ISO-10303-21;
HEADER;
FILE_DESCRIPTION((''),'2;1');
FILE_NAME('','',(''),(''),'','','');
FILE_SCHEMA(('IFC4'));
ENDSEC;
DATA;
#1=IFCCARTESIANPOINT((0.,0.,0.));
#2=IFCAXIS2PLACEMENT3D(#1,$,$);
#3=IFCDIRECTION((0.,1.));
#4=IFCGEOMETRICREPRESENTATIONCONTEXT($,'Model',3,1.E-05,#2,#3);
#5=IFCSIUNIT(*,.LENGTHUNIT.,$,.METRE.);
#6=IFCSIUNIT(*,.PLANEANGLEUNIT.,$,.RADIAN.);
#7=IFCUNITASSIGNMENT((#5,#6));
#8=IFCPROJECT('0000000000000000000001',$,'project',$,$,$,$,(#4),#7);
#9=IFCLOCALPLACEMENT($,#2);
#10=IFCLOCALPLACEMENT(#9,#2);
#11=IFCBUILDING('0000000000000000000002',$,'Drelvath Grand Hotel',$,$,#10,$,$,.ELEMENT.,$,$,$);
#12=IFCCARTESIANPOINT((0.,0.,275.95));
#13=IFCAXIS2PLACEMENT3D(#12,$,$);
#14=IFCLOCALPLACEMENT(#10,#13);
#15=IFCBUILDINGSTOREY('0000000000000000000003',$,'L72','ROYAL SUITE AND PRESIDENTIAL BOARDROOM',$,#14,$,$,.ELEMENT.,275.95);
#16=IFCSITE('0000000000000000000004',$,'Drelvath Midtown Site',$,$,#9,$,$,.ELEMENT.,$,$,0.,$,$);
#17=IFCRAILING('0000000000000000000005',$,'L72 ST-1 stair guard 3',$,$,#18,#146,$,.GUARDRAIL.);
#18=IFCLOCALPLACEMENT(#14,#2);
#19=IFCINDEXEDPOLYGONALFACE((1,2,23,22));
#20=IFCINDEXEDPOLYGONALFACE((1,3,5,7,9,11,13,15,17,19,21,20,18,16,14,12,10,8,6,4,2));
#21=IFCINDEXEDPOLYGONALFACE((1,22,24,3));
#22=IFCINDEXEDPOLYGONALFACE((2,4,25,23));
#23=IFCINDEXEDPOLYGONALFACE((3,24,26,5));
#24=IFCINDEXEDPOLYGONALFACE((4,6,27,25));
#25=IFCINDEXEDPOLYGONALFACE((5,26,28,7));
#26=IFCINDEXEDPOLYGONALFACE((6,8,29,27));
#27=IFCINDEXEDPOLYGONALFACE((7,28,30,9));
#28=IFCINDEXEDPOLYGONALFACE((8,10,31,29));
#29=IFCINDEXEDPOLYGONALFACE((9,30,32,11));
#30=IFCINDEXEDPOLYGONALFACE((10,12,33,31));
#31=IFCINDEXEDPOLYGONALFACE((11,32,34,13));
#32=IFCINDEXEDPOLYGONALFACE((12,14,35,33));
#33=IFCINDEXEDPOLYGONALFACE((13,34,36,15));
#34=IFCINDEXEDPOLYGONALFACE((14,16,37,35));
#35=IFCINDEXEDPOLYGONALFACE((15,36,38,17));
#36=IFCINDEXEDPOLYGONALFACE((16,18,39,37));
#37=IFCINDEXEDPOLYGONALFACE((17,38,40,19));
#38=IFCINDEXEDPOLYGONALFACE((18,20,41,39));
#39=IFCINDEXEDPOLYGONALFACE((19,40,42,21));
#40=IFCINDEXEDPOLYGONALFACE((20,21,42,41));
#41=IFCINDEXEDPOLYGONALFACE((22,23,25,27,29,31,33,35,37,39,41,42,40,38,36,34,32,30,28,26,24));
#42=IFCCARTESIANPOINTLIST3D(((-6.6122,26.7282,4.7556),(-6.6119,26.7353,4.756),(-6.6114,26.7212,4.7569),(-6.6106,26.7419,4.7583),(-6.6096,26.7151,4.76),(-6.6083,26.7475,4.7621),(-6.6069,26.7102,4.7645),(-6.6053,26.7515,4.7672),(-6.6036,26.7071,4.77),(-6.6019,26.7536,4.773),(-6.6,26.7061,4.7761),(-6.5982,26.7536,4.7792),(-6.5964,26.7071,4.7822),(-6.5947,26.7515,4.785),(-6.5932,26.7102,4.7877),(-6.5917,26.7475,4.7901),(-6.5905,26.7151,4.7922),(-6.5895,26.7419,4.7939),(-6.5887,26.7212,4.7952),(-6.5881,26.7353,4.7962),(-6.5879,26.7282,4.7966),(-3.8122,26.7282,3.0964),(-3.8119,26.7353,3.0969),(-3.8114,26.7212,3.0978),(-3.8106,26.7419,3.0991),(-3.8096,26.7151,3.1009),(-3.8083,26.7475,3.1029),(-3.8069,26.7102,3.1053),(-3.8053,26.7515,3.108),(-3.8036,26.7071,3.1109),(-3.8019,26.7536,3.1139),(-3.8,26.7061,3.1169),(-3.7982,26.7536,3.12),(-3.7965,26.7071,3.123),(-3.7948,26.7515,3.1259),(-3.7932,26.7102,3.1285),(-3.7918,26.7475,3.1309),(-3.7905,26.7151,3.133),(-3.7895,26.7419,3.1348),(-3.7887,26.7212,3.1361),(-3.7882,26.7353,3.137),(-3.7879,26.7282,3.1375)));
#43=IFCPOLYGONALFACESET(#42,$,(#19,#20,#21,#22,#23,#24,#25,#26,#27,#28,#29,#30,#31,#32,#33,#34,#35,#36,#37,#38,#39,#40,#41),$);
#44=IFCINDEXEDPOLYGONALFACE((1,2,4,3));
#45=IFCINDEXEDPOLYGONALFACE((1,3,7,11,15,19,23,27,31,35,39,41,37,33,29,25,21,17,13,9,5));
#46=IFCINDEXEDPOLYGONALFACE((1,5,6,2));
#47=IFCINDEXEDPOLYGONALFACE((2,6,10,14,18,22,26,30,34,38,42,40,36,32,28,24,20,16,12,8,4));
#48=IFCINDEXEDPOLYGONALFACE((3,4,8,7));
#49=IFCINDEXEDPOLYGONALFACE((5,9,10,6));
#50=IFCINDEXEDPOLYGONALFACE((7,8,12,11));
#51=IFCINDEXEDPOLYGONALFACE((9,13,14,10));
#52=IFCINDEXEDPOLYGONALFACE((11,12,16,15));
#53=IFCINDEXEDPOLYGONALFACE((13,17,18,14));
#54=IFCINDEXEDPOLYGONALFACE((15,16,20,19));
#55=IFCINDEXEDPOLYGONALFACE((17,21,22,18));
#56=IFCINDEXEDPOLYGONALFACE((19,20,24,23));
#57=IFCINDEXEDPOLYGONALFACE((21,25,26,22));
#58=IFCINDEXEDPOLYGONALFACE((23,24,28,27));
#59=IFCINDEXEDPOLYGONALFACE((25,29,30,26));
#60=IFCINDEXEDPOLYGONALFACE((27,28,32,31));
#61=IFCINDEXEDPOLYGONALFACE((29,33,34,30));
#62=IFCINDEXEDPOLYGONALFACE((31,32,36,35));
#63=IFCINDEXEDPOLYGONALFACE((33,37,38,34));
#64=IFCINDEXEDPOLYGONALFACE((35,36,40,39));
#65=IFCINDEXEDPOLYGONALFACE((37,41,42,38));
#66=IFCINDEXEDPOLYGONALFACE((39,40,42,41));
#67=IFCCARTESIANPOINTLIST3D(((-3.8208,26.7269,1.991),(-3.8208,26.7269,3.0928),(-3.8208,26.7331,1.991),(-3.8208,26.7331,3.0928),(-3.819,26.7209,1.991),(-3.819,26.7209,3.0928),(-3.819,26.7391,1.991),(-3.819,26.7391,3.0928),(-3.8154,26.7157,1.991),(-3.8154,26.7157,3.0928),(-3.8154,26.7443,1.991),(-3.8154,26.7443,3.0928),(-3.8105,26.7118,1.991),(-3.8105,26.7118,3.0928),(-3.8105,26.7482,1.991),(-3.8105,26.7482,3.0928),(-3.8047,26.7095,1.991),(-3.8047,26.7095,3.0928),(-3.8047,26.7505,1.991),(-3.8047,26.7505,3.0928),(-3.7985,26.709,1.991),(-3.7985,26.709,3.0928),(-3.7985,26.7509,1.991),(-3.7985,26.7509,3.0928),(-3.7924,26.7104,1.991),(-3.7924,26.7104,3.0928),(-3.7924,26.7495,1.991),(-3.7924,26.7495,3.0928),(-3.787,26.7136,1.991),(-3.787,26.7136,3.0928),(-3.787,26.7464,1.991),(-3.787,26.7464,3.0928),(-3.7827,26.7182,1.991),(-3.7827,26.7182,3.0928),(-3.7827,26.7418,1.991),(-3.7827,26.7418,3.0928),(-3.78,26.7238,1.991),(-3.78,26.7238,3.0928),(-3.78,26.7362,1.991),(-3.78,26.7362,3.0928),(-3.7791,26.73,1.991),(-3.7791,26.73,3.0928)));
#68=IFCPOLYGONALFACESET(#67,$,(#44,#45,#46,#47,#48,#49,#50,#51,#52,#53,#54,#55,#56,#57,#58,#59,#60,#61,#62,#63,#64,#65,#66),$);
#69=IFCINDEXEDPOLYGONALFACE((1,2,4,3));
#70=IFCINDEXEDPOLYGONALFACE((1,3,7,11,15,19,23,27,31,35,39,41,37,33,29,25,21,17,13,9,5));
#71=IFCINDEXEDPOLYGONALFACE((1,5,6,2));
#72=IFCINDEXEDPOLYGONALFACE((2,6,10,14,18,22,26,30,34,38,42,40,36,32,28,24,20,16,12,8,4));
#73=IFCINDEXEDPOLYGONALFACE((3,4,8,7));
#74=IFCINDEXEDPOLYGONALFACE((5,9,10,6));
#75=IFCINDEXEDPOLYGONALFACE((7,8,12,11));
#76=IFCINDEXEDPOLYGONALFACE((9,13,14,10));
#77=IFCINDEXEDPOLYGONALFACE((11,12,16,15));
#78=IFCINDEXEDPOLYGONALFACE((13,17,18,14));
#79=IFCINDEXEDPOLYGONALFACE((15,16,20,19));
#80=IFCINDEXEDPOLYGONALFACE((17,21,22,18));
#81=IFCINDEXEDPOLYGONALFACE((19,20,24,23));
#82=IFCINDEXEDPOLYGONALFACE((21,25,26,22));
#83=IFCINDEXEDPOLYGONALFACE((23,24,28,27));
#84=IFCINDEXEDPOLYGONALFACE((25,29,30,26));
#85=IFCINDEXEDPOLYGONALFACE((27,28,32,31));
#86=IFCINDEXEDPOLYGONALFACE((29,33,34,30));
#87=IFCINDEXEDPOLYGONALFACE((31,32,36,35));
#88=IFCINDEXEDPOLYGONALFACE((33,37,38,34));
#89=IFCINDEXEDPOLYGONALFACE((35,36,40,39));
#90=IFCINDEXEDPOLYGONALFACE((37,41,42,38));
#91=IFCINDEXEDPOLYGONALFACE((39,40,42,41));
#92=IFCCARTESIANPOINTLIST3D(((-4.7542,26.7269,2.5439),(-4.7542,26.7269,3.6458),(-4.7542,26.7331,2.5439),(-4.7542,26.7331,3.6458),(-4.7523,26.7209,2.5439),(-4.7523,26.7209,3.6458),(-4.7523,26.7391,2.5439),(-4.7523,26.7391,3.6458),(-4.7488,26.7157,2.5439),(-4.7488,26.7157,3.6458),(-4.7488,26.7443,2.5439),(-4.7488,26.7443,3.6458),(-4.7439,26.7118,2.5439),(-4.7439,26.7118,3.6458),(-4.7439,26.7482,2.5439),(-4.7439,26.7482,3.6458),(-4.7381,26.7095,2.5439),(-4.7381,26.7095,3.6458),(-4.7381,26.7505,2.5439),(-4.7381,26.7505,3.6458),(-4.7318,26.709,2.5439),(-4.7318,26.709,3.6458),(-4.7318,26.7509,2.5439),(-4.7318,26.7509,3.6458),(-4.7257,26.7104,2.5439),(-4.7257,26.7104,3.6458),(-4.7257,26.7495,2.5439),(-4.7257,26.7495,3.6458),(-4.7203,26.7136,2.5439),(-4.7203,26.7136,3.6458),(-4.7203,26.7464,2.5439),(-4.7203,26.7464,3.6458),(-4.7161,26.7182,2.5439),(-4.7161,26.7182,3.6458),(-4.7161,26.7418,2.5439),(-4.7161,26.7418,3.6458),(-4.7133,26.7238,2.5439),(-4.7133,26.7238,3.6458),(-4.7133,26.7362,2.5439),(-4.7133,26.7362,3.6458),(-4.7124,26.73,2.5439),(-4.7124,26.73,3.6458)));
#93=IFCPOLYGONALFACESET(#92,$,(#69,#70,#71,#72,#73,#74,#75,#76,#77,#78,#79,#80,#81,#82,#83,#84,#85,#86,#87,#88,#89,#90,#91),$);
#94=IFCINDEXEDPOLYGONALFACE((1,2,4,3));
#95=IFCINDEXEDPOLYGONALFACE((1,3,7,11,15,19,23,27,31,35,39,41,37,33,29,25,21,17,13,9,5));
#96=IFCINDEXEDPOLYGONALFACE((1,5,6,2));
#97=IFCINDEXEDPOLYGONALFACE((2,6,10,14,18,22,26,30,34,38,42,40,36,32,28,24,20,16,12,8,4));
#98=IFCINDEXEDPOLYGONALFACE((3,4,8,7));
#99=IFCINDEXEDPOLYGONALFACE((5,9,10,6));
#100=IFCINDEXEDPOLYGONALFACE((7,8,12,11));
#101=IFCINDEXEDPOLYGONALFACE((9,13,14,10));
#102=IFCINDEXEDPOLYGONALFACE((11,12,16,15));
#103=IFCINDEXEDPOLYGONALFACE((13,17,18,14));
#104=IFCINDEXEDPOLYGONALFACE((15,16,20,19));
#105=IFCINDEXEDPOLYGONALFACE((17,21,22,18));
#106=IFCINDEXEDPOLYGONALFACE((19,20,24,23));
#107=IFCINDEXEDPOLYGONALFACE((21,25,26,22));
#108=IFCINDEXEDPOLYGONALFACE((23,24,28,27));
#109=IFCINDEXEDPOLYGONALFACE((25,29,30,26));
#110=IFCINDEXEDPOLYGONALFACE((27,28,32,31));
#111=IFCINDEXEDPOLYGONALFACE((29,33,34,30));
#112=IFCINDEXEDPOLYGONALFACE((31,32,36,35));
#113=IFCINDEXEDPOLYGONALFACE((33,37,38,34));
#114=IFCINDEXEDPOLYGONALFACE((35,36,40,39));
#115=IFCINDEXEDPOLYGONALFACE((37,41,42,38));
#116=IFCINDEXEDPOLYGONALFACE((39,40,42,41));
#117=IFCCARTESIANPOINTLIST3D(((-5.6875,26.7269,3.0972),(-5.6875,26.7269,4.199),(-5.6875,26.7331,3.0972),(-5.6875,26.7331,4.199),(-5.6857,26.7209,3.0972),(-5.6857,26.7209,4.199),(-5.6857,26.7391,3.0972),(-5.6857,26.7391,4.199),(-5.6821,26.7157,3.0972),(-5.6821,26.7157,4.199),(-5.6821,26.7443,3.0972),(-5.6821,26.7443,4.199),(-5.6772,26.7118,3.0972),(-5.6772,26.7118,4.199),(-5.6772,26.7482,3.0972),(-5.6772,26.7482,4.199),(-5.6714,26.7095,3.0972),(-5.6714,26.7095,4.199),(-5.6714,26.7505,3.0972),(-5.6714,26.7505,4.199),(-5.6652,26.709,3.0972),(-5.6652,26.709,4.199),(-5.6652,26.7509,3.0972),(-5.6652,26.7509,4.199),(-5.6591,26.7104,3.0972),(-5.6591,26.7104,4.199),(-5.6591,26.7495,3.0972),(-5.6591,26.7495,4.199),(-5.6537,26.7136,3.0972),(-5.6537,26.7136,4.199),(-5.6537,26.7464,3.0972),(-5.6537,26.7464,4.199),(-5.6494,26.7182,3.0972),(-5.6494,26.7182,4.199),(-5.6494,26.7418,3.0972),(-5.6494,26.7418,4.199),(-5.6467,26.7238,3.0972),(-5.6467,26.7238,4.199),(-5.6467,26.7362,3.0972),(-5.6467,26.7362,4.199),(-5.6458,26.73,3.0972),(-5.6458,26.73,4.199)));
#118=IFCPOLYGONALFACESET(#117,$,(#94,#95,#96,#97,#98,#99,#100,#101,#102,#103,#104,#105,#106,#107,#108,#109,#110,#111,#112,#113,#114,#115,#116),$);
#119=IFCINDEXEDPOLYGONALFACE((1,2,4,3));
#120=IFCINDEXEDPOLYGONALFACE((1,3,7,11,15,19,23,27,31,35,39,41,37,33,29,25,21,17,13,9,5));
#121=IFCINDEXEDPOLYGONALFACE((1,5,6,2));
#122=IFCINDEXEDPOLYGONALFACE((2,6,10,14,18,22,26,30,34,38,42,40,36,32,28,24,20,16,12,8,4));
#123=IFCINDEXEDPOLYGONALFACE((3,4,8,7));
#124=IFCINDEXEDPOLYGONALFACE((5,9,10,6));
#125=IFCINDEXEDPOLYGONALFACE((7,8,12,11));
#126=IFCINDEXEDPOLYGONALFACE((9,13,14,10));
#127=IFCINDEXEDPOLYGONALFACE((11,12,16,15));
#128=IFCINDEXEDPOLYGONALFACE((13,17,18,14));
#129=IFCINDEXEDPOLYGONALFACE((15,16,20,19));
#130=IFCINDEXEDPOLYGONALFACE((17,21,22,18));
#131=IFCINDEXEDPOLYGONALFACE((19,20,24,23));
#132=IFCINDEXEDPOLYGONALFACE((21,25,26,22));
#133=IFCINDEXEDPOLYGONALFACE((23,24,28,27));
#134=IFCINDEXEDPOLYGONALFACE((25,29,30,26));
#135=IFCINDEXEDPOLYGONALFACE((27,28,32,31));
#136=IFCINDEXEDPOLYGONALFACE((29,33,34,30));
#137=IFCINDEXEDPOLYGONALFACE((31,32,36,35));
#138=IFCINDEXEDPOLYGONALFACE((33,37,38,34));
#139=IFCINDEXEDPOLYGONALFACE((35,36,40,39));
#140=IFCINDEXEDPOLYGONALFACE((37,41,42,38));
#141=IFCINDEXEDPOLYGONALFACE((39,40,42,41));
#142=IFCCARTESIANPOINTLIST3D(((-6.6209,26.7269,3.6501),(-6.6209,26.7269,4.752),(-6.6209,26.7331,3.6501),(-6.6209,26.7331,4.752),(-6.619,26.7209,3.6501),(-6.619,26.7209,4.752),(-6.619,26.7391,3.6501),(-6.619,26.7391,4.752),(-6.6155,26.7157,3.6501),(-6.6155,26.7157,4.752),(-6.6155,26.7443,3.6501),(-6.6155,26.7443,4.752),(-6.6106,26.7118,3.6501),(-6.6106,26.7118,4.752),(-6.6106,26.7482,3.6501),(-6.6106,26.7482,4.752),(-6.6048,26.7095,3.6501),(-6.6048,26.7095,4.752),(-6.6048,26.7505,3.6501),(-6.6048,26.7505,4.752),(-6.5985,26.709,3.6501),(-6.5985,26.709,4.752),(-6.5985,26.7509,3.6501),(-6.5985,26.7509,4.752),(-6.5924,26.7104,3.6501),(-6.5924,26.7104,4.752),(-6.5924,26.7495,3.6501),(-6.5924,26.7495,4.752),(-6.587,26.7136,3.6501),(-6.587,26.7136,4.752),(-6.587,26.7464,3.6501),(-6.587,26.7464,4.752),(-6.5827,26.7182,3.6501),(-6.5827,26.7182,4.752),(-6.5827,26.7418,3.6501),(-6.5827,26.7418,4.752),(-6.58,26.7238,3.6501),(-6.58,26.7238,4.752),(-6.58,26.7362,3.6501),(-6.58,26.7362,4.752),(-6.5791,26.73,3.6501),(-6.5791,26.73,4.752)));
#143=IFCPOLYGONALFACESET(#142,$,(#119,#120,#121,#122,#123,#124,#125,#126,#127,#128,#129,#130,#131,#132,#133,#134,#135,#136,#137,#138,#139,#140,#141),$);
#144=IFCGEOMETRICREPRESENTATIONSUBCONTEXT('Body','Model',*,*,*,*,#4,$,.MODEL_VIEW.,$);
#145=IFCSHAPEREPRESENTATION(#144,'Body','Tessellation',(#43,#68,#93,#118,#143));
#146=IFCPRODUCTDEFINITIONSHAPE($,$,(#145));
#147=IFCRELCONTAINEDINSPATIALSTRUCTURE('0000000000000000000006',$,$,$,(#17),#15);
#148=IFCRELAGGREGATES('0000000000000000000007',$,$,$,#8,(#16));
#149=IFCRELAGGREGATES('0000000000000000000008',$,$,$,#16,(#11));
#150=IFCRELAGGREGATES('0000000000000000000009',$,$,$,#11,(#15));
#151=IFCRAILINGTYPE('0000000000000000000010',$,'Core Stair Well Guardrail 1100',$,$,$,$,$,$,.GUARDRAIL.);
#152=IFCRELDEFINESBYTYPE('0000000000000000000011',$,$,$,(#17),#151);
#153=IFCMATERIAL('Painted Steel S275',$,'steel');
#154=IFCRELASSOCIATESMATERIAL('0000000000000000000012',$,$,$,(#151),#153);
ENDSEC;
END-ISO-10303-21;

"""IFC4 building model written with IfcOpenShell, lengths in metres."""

from ifc_helpers import new_model, si_unit, direction, frame, origin, origin_2d, place, context, subcontext, project, spatial, circle, extrude, material, type_object, element, save


model = new_model("IFC4")

# Units and contexts
model_context = context("Model", 3, precision=1e-05, world=origin(), true_north=direction((0.0, 1.0)))
body_context = subcontext(model_context, "Body", "Model", "MODEL_VIEW")
ifc_project = project(units=[si_unit("LENGTHUNIT", "METRE"), si_unit("PLANEANGLEUNIT", "RADIAN")], contexts=[model_context])

# Site, building, storey
site_placement = place(None, origin())
site = spatial("IfcSite", under=ifc_project, at=site_placement, Name="Drelvath Midtown Site", CompositionType="ELEMENT", RefElevation=0.0)
building_placement = place(site_placement, origin())
building = spatial("IfcBuilding", under=site, at=building_placement, Name="Drelvath Grand Hotel", CompositionType="ELEMENT")
storey_placement = place(building_placement, frame((0.0, 0.0, 275.95)))
storey = spatial("IfcBuildingStorey", under=building, at=storey_placement, Name="L72", Description="ROYAL SUITE AND PRESIDENTIAL BOARDROOM", CompositionType="ELEMENT", Elevation=275.95)

# Shared definitions
ifc_material_1 = material(Name="Painted Steel S275", Category="steel")

# Railing
railing_type_1 = type_object("IfcRailingType", Name="Core Stair Well Guardrail 1100", PredefinedType="GUARDRAIL", material=ifc_material_1)
railing_1_placement = place(storey_placement, frame((-3.8, 26.73, 1.991)))
element("IfcRailing", 1, at=railing_1_placement, inside=storey, type_object=railing_type_1, Name="L72 ST-1 stair guard 3", PredefinedType="GUARDRAIL", context=body_context, shape_type="SweptSolid", body=[
    extrude(circle(Radius=0.0239, at=origin_2d()), frame((0.0, 0.0, 1.126), z_axis=(-0.860306, 0.0, 0.509778), x_axis=(0.0, -1.0, 0.0)), (0.0, 0.0, 1.0), 3.2546),
    extrude(circle(Radius=0.021, at=origin_2d()), origin(), (0.0, 0.0, 1.0), 1.1018),
    extrude(circle(Radius=0.021, at=origin_2d()), frame((-0.9333, 0.0, 0.553)), (0.0, 0.0, 1.0), 1.1018),
    extrude(circle(Radius=0.021, at=origin_2d()), frame((-1.8667, 0.0, 1.1062)), (0.0, 0.0, 1.0), 1.1018),
    extrude(circle(Radius=0.021, at=origin_2d()), frame((-2.8, 0.0, 1.6592)), (0.0, 0.0, 1.0), 1.1018),
])

save(model, "model.ifc")
